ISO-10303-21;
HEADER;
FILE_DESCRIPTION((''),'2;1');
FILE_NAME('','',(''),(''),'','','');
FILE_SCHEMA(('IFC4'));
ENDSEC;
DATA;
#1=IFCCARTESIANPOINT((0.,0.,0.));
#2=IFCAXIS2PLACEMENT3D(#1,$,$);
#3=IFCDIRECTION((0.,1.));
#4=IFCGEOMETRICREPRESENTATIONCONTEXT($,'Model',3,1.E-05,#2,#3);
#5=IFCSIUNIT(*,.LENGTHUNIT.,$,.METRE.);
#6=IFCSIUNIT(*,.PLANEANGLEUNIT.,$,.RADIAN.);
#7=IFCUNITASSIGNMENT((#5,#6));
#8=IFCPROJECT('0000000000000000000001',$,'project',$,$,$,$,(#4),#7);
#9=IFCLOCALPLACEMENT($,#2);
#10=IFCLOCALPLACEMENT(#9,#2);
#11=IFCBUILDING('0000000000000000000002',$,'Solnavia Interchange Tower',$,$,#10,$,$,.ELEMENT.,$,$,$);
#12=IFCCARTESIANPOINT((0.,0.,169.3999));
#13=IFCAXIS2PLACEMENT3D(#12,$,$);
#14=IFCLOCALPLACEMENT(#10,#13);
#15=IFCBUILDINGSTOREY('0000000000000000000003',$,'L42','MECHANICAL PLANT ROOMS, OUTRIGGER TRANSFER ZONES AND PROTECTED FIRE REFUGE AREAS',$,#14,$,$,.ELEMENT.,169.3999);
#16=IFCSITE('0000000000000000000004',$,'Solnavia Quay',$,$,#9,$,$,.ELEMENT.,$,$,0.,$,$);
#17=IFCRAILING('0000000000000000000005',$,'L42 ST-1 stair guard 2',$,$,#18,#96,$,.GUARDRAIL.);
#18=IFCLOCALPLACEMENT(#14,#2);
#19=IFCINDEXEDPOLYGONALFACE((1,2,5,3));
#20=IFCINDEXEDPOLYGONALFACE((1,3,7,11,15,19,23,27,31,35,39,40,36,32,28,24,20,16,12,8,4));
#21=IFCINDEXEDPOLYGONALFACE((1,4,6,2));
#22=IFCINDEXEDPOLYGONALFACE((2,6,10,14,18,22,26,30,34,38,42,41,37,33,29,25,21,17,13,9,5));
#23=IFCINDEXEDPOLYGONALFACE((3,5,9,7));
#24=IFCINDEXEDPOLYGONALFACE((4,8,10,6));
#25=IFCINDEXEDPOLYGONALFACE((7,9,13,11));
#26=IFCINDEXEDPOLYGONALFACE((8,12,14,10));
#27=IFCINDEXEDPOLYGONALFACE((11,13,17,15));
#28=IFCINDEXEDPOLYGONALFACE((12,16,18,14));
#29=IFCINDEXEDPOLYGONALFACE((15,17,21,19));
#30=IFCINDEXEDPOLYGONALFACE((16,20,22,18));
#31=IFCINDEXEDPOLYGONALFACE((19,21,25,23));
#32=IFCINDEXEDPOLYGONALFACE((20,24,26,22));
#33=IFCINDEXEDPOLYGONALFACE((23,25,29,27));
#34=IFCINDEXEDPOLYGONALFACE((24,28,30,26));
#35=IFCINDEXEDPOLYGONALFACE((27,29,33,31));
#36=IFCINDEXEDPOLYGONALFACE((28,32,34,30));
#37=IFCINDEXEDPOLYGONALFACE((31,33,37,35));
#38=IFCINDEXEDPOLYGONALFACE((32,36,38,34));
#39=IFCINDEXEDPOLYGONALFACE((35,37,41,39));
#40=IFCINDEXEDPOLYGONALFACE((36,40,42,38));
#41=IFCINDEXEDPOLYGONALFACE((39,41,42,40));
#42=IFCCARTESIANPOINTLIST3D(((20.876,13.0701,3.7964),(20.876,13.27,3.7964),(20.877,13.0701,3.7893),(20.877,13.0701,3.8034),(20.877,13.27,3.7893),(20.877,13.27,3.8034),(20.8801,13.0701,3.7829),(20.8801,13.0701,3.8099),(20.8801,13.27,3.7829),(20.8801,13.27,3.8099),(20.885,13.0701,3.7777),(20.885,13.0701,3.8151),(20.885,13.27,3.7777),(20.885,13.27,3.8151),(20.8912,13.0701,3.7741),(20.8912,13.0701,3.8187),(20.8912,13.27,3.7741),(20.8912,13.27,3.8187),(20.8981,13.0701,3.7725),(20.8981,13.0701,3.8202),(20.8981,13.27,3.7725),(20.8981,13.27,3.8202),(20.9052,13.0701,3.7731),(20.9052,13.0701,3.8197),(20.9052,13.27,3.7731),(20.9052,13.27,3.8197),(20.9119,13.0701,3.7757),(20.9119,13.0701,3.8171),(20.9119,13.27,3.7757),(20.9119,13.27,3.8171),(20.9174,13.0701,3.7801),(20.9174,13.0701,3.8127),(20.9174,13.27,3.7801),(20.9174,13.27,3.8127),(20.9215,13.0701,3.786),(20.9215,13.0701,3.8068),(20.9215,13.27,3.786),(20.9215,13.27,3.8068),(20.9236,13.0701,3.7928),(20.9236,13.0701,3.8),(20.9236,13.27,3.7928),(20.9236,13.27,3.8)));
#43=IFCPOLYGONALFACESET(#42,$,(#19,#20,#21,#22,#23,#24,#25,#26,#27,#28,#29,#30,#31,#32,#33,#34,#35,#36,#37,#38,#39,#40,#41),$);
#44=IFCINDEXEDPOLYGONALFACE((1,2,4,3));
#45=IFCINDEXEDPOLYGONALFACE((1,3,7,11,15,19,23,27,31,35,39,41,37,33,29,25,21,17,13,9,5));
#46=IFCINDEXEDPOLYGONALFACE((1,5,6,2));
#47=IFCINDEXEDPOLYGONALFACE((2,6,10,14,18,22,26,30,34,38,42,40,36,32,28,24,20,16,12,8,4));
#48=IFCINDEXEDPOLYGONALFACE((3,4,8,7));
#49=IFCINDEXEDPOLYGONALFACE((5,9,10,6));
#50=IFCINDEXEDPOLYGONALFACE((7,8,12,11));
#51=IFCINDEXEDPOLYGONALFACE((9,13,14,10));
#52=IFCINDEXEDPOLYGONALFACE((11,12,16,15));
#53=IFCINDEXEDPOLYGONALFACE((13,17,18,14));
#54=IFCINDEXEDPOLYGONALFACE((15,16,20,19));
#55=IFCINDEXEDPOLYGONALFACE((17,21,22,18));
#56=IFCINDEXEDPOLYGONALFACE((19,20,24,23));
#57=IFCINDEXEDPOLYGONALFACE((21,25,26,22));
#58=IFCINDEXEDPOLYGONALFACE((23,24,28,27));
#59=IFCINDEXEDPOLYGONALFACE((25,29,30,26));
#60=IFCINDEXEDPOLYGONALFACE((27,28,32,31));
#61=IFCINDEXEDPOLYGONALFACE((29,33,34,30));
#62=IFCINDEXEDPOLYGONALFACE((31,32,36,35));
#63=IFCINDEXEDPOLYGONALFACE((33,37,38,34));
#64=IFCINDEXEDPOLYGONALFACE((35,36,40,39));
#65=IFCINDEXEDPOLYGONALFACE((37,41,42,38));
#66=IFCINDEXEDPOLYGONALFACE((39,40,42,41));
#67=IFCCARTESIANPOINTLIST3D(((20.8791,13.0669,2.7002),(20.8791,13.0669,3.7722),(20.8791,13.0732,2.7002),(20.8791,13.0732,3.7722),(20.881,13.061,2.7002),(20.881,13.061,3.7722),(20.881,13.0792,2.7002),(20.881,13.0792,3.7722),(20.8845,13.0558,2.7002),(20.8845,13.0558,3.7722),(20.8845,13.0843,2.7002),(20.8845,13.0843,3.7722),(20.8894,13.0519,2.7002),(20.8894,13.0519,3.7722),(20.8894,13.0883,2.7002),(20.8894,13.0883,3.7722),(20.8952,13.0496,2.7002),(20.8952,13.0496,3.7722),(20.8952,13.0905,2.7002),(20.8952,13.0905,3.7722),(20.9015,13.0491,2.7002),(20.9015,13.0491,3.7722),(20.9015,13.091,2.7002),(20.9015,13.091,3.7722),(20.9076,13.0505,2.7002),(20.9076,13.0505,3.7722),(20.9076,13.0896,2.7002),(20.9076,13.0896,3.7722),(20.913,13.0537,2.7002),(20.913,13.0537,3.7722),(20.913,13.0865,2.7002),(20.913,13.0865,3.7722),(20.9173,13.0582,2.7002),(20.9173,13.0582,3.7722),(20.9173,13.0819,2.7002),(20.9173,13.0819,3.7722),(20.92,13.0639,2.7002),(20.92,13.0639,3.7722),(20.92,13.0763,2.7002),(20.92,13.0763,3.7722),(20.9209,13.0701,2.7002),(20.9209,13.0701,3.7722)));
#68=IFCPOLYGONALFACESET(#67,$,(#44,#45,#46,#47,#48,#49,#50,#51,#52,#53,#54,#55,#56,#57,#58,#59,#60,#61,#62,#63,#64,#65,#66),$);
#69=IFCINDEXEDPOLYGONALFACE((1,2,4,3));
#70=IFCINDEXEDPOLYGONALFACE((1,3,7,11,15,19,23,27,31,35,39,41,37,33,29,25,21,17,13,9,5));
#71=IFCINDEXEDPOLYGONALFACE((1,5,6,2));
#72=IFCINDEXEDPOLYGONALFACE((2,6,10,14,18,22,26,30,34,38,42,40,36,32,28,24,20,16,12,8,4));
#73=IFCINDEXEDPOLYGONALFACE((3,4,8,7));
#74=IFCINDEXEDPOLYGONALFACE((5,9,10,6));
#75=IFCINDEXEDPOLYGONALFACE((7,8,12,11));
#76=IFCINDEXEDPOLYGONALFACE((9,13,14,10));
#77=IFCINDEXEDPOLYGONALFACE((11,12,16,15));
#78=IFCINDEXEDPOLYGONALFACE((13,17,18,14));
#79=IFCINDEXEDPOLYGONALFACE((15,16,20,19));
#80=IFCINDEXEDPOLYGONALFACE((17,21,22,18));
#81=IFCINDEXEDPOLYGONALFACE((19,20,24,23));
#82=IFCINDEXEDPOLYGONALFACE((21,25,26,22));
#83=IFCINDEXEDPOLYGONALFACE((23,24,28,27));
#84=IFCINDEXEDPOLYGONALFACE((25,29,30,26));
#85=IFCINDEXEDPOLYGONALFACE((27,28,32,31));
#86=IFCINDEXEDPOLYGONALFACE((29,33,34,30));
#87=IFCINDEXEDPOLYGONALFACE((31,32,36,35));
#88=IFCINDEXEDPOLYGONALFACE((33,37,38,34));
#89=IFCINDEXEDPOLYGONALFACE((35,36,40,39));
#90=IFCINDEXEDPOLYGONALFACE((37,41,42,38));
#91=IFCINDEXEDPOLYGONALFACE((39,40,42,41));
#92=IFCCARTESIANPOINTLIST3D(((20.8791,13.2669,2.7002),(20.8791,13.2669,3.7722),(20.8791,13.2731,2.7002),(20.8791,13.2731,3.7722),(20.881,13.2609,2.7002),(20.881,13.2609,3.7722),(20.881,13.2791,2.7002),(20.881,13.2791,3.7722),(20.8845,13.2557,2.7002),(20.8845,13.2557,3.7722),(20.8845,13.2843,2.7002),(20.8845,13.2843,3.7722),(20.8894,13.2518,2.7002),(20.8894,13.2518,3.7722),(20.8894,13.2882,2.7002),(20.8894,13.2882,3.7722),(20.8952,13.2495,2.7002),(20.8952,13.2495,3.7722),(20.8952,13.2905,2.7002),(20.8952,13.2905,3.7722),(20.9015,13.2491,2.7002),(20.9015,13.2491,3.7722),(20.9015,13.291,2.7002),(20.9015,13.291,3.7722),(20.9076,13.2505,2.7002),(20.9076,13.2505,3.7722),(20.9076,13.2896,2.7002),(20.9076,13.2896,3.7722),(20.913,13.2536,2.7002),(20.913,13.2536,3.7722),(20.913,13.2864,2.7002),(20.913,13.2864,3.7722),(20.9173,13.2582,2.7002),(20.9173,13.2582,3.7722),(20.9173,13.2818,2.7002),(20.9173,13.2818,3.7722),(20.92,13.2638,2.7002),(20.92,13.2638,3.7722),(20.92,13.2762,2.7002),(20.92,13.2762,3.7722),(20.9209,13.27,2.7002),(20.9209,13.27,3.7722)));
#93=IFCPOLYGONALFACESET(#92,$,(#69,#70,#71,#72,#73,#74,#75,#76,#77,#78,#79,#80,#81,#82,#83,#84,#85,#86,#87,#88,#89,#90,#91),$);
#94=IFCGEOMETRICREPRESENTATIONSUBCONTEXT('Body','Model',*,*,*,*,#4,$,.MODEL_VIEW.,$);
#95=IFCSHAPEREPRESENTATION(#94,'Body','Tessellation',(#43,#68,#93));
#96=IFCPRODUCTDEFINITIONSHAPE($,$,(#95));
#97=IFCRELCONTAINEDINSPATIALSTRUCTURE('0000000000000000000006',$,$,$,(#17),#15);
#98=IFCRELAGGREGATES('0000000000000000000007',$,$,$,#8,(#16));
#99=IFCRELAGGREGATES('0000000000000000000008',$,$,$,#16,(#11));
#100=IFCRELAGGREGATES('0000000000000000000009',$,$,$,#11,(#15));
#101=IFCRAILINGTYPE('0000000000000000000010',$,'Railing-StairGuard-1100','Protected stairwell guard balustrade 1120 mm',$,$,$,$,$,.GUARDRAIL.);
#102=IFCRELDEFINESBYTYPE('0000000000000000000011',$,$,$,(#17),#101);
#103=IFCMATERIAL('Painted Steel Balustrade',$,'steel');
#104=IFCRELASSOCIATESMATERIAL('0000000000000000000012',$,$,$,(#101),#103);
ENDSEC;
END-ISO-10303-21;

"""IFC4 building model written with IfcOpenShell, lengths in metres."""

from ifc_helpers import new_model, si_unit, direction, frame, origin, origin_2d, place, context, subcontext, project, spatial, circle, extrude, material, type_object, element, save


model = new_model("IFC4")

# Units and contexts
model_context = context("Model", 3, precision=1e-05, world=origin(), true_north=direction((0.0, 1.0)))
body_context = subcontext(model_context, "Body", "Model", "MODEL_VIEW")
ifc_project = project(units=[si_unit("LENGTHUNIT", "METRE"), si_unit("PLANEANGLEUNIT", "RADIAN")], contexts=[model_context])

# Site, building, storey
site_placement = place(None, origin())
site = spatial("IfcSite", under=ifc_project, at=site_placement, Name="Solnavia Quay", CompositionType="ELEMENT", RefElevation=0.0)
building_placement = place(site_placement, origin())
building = spatial("IfcBuilding", under=site, at=building_placement, Name="Solnavia Interchange Tower", CompositionType="ELEMENT")
storey_placement = place(building_placement, frame((0.0, 0.0, 169.3999)))
storey = spatial("IfcBuildingStorey", under=building, at=storey_placement, Name="L42", Description="MECHANICAL PLANT ROOMS, OUTRIGGER TRANSFER ZONES AND PROTECTED FIRE REFUGE AREAS", CompositionType="ELEMENT", Elevation=169.3999)

# Railing
ifc_material_1 = material(Name="Painted Steel Balustrade", Category="steel")
railing_type_1 = type_object("IfcRailingType", Name="Railing-StairGuard-1100", Description="Protected stairwell guard balustrade 1120 mm", PredefinedType="GUARDRAIL", material=ifc_material_1)
railing_1_placement = place(storey_placement, frame((20.8999, 13.0701, 2.7002)))
element("IfcRailing", 1, at=railing_1_placement, inside=storey, type_object=railing_type_1, Name="L42 ST-1 stair guard 2", PredefinedType="GUARDRAIL", context=body_context, shape_type="SweptSolid", body=[
    extrude(circle(Radius=0.0239, at=origin_2d()), frame((0.0, 0.0, 1.0962), z_axis=(0.0, 1.0, 0.0), x_axis=(-1.0, 0.0, 0.0)), (0.0, 0.0, 1.0), 0.2),
    extrude(circle(Radius=0.021, at=origin_2d()), origin(), (0.0, 0.0, 1.0), 1.072),
    extrude(circle(Radius=0.021, at=origin_2d()), frame((0.0, 0.2, 0.0)), (0.0, 0.0, 1.0), 1.072),
])

save(model, "model.ifc")
